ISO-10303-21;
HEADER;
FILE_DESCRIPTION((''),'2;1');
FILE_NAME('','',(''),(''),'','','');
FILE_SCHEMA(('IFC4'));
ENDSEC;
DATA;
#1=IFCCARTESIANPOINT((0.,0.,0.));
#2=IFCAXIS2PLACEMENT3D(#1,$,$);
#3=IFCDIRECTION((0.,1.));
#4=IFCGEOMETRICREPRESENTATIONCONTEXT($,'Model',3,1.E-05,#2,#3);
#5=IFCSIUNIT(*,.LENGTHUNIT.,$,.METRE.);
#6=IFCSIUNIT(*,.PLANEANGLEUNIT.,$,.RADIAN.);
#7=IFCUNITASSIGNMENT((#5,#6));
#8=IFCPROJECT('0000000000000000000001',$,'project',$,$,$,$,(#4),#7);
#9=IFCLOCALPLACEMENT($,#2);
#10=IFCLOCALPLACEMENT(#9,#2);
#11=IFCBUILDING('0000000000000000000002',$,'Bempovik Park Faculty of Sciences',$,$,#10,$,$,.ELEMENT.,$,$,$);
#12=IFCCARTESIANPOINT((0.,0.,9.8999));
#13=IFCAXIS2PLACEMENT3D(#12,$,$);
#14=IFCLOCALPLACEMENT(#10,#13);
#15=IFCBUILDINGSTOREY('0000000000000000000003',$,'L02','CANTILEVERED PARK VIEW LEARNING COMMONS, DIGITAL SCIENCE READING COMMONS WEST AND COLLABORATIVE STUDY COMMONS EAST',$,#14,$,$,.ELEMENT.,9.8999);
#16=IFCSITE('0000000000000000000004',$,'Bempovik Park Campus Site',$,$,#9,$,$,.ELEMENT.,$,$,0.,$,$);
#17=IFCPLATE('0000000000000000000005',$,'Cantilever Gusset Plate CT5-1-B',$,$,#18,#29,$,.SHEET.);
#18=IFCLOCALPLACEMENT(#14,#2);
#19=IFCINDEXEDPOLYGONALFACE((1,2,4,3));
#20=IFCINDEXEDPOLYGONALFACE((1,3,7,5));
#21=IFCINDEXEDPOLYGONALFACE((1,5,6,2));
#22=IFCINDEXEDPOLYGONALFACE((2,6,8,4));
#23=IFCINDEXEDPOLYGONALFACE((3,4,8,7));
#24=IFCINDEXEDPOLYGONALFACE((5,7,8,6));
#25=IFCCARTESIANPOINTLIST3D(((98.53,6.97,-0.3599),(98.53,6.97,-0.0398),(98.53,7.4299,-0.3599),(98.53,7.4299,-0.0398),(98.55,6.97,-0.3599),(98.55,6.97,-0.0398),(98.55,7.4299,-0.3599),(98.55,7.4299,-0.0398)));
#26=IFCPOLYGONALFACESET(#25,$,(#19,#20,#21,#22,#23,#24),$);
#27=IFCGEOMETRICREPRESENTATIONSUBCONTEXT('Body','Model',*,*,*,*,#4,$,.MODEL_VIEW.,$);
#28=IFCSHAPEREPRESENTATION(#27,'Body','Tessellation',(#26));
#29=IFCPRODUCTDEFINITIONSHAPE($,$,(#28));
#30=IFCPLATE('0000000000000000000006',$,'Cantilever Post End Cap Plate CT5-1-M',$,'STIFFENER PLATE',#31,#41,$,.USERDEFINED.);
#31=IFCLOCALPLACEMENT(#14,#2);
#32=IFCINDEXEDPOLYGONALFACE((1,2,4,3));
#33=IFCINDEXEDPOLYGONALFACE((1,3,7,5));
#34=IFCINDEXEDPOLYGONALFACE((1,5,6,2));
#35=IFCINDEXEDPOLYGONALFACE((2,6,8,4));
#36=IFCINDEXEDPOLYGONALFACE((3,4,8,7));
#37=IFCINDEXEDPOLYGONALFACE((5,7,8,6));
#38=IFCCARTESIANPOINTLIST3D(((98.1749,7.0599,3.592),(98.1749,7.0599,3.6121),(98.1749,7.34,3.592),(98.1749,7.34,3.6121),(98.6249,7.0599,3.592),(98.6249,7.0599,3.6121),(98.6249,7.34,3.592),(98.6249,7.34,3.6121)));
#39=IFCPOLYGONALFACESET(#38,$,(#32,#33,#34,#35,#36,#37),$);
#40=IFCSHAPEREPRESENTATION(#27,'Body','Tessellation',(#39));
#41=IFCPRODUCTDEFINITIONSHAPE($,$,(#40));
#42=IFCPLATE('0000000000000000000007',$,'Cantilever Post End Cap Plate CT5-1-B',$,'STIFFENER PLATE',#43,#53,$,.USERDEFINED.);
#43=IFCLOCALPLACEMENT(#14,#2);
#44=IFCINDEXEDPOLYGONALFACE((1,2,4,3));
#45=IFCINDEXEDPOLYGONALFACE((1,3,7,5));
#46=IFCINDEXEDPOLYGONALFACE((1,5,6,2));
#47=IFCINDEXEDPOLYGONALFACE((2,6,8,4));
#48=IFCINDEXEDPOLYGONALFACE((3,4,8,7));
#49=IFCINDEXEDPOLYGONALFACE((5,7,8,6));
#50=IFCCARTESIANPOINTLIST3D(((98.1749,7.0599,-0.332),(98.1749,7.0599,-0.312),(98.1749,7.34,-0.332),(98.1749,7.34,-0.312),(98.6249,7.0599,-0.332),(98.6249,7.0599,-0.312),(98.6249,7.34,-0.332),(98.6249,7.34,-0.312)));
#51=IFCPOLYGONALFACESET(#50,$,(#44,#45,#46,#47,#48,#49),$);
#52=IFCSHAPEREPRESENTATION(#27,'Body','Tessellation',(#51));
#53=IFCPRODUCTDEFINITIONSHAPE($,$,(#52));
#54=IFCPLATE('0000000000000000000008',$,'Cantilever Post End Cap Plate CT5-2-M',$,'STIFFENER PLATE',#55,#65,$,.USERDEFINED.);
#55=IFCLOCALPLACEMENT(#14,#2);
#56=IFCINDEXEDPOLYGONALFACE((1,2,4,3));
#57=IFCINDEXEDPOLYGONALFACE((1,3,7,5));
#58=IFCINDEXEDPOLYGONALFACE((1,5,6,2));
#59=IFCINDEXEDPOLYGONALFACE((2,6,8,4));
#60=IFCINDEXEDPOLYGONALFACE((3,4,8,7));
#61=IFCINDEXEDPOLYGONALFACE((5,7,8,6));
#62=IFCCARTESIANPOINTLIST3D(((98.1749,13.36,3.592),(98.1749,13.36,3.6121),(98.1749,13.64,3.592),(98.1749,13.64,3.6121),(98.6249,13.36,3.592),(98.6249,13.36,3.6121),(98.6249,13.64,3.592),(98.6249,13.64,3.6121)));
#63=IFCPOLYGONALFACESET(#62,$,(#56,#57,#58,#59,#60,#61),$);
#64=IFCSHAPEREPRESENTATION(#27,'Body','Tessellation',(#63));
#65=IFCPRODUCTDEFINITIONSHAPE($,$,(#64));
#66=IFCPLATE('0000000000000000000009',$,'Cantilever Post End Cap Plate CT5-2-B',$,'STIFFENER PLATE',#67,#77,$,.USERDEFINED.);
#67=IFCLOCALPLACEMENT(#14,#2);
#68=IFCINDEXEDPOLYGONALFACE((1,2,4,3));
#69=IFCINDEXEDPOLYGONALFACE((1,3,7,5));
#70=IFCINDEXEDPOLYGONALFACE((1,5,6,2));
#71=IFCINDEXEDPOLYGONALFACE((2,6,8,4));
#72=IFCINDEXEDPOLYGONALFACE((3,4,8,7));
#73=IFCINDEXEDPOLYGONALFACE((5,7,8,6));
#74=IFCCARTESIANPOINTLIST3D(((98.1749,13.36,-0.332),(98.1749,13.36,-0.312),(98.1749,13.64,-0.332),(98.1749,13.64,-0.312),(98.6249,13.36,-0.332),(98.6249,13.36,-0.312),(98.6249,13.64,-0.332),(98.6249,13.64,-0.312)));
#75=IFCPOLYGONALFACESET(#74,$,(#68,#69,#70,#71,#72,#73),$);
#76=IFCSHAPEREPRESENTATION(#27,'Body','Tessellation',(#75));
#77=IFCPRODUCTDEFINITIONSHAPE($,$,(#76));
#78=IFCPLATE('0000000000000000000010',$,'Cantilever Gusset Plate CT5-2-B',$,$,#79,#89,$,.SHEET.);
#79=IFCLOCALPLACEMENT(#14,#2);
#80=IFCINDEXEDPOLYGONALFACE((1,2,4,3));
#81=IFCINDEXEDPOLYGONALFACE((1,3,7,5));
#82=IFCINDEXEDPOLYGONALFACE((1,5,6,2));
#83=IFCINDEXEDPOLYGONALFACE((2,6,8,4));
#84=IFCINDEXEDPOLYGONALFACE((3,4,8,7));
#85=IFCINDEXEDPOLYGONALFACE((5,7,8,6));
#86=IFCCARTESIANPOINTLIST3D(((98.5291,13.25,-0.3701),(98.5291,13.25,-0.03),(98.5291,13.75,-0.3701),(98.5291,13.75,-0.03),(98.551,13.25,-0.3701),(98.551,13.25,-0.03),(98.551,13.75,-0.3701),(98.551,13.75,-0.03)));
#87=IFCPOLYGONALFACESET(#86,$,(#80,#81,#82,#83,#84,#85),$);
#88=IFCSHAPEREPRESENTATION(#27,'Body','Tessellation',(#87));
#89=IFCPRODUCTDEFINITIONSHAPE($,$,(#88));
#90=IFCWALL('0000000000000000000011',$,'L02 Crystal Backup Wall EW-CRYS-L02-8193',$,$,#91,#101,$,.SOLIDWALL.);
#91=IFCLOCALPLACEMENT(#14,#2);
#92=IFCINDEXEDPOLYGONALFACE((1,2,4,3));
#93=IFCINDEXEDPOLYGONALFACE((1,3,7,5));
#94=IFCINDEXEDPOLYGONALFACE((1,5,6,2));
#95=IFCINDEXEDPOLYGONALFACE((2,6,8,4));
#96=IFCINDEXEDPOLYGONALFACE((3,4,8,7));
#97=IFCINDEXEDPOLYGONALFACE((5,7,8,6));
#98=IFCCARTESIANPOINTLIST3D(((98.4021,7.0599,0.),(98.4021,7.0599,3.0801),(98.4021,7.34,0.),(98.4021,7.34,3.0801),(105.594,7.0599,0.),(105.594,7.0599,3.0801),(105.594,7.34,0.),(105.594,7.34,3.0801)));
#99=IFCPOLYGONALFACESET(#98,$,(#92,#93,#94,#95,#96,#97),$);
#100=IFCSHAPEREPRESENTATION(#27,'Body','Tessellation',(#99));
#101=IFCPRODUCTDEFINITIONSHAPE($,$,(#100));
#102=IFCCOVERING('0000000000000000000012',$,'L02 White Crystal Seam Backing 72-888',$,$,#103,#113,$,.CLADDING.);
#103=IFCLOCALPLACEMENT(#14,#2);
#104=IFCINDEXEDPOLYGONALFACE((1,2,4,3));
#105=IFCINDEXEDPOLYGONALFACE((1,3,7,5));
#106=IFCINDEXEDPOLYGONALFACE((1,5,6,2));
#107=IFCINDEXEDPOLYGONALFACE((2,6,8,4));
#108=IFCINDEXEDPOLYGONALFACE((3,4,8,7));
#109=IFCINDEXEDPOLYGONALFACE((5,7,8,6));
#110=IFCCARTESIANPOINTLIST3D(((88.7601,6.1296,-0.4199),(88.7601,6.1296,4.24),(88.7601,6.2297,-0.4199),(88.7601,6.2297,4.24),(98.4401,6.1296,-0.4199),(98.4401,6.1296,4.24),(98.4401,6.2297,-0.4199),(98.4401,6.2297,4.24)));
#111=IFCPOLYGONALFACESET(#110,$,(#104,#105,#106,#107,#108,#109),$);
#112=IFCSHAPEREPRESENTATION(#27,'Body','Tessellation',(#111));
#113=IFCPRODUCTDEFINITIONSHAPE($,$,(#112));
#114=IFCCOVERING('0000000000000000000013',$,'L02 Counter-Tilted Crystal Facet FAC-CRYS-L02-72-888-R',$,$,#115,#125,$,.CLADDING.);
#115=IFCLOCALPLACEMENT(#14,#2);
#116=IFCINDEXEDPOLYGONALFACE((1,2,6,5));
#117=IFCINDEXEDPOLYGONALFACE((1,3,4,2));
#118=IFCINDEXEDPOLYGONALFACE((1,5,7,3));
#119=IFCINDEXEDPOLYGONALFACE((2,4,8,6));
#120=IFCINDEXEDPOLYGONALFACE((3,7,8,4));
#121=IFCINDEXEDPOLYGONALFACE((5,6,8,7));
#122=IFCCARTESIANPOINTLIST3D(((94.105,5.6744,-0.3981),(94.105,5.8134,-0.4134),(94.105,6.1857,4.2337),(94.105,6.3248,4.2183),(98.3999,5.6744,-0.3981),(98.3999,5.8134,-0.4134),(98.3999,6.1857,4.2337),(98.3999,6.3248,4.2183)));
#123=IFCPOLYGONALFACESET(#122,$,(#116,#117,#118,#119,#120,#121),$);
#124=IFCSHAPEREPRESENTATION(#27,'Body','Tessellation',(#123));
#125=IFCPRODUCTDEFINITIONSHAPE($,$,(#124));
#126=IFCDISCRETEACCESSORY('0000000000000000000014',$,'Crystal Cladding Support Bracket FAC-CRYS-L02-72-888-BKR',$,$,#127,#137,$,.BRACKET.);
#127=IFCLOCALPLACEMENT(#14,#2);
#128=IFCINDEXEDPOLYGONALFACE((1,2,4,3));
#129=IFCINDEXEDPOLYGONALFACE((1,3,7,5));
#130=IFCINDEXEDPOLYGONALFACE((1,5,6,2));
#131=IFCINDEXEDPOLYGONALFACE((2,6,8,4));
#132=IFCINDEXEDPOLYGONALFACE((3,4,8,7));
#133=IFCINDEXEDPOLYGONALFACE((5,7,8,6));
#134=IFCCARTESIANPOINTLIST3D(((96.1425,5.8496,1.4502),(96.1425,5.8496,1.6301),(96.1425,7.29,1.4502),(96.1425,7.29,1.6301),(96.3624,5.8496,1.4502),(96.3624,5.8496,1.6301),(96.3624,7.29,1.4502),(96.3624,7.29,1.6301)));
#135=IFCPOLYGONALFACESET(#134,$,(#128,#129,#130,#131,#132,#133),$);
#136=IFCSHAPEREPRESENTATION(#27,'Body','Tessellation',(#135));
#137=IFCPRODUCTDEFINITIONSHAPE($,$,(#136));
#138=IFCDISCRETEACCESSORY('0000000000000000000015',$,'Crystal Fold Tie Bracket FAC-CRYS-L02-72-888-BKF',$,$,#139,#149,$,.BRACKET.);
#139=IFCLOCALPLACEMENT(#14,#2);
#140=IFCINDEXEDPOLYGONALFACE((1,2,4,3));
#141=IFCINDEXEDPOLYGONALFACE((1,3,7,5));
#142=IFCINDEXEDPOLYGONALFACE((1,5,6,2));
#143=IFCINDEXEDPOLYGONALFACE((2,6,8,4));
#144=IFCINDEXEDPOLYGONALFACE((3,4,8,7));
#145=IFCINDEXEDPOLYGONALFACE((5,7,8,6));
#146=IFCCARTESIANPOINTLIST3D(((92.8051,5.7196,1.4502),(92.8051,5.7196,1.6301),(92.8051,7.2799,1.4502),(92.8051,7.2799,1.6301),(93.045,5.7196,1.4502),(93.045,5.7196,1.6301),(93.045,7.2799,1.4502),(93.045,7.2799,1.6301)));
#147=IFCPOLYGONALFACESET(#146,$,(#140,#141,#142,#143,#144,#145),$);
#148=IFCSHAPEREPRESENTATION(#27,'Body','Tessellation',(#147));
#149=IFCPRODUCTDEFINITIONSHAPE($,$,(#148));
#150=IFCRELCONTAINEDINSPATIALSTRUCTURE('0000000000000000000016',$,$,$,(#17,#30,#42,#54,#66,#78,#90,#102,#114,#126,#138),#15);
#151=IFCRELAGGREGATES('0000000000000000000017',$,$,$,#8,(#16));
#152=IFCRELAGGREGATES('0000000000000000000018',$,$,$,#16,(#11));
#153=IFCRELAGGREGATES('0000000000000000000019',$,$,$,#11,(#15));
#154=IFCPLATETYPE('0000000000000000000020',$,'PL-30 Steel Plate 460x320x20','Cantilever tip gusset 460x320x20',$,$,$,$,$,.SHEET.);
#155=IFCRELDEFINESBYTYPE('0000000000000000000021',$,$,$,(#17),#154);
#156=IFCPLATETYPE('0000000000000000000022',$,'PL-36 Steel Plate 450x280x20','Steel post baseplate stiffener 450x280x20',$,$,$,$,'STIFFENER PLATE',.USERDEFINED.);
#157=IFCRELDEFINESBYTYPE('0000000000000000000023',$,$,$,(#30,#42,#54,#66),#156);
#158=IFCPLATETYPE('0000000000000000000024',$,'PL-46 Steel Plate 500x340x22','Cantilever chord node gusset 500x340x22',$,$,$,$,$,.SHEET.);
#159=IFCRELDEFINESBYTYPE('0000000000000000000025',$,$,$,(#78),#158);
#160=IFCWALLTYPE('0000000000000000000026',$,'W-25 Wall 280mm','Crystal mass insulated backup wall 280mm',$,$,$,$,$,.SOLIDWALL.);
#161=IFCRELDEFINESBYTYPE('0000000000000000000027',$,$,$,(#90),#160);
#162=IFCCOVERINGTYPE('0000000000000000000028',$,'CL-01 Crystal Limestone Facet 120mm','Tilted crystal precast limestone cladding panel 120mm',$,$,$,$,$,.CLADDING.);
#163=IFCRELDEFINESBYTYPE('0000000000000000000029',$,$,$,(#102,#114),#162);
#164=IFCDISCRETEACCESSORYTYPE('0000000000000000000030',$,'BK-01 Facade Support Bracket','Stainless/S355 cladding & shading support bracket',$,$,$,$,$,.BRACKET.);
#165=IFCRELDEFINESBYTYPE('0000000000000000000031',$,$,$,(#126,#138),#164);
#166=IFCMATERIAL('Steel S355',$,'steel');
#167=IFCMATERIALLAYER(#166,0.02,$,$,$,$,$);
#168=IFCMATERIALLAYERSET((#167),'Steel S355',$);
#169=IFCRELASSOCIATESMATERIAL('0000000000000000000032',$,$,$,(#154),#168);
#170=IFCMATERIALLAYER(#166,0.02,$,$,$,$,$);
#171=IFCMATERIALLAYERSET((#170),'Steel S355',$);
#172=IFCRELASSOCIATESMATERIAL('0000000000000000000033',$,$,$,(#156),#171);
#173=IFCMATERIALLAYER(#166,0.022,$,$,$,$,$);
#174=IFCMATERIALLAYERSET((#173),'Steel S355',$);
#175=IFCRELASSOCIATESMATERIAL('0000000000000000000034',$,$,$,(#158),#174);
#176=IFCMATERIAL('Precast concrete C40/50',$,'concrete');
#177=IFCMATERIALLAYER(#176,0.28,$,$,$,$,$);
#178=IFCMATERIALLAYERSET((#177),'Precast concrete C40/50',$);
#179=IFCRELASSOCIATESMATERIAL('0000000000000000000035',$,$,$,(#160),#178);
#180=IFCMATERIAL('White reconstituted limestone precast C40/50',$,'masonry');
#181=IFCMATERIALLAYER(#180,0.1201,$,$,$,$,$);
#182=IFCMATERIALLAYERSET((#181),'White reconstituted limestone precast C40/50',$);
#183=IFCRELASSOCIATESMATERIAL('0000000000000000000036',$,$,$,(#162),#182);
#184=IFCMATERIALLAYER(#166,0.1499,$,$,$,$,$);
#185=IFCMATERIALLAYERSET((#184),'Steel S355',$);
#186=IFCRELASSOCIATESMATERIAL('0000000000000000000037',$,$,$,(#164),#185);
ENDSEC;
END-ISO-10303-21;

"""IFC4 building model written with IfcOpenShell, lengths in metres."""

from ifc_helpers import new_model, si_unit, direction, frame, frame_2d, origin, origin_2d, place, context, subcontext, project, spatial, rectangle, extrude, material, layer, layer_set, type_object, element, save


model = new_model("IFC4")

# Units and contexts
model_context = context("Model", 3, precision=1e-05, world=origin(), true_north=direction((0.0, 1.0)))
body_context = subcontext(model_context, "Body", "Model", "MODEL_VIEW")
ifc_project = project(units=[si_unit("LENGTHUNIT", "METRE"), si_unit("PLANEANGLEUNIT", "RADIAN")], contexts=[model_context])

# Site, building, storey
site_placement = place(None, origin())
site = spatial("IfcSite", under=ifc_project, at=site_placement, Name="Bempovik Park Campus Site", CompositionType="ELEMENT", RefElevation=0.0)
building_placement = place(site_placement, origin())
building = spatial("IfcBuilding", under=site, at=building_placement, Name="Bempovik Park Faculty of Sciences", CompositionType="ELEMENT")
storey_placement = place(building_placement, frame((0.0, 0.0, 9.8999)))
storey = spatial("IfcBuildingStorey", under=building, at=storey_placement, Name="L02", Description="CANTILEVERED PARK VIEW LEARNING COMMONS, DIGITAL SCIENCE READING COMMONS WEST AND COLLABORATIVE STUDY COMMONS EAST", CompositionType="ELEMENT", Elevation=9.8999)

# Shared definitions
ifc_material_1 = material(Name="Steel S355", Category="steel")

# Plates
ifc_layer_1 = layer(ifc_material_1, 0.02)
ifc_layer_set_1 = layer_set([ifc_layer_1], Name="Steel S355")
plate_type_1 = type_object("IfcPlateType", Name="PL-30 Steel Plate 460x320x20", Description="Cantilever tip gusset 460x320x20", PredefinedType="SHEET", material=ifc_layer_set_1)
plate_1_placement = place(storey_placement, frame((98.54, 7.2, -0.3599), z_axis=(0.0, 0.0, 1.0), x_axis=(1.0, 0.0, 0.0)))
element("IfcPlate", 1, at=plate_1_placement, inside=storey, type_object=plate_type_1, Name="Cantilever Gusset Plate CT5-1-B", PredefinedType="SHEET", context=body_context, shape_type="SweptSolid", body=[
    extrude(rectangle(XDim=0.02, YDim=0.46, at=origin_2d()), origin(), (0.0, 0.0, 1.0), 0.3201),
])
ifc_layer_2 = layer(ifc_material_1, 0.02)
ifc_layer_set_2 = layer_set([ifc_layer_2], Name="Steel S355")
plate_type_2 = type_object("IfcPlateType", Name="PL-36 Steel Plate 450x280x20", Description="Steel post baseplate stiffener 450x280x20", ElementType="STIFFENER PLATE", PredefinedType="USERDEFINED", material=ifc_layer_set_2)
for number, where, z_axis, x_axis, name in (
    (2, (98.3999, 7.2, 3.592), (0.0, 0.0, 1.0), (1.0, 0.0, 0.0), "Cantilever Post End Cap Plate CT5-1-M"),
    (3, (98.3999, 7.2, -0.332), (0.0, 0.0, 1.0), (1.0, 0.0, 0.0), "Cantilever Post End Cap Plate CT5-1-B"),
    (4, (98.3999, 13.5, 3.592), (0.0, 0.0, 1.0), (1.0, 0.0, 0.0), "Cantilever Post End Cap Plate CT5-2-M"),
    (5, (98.3999, 13.5, -0.332), (0.0, 0.0, 1.0), (1.0, 0.0, 0.0), "Cantilever Post End Cap Plate CT5-2-B"),
):
    element("IfcPlate", number, at=place(storey_placement, frame(where, z_axis=z_axis, x_axis=x_axis)), inside=storey, type_object=plate_type_2, Name=name, ObjectType="STIFFENER PLATE", PredefinedType="USERDEFINED", context=body_context, shape_type="SweptSolid", body=[
        extrude(rectangle(XDim=0.45, YDim=0.28, at=origin_2d()), origin(), (0.0, 0.0, 1.0), 0.02),
    ])
ifc_layer_3 = layer(ifc_material_1, 0.022)
ifc_layer_set_3 = layer_set([ifc_layer_3], Name="Steel S355")
plate_type_3 = type_object("IfcPlateType", Name="PL-46 Steel Plate 500x340x22", Description="Cantilever chord node gusset 500x340x22", PredefinedType="SHEET", material=ifc_layer_set_3)
plate_2_placement = place(storey_placement, frame((98.54, 13.5, -0.3701), z_axis=(0.0, 0.0, 1.0), x_axis=(1.0, 0.0, 0.0)))
element("IfcPlate", 6, at=plate_2_placement, inside=storey, type_object=plate_type_3, Name="Cantilever Gusset Plate CT5-2-B", PredefinedType="SHEET", context=body_context, shape_type="SweptSolid", body=[
    extrude(rectangle(XDim=0.022, YDim=0.5, at=origin_2d()), origin(), (0.0, 0.0, 1.0), 0.3401),
])

# Wall
ifc_material_2 = material(Name="Precast concrete C40/50", Category="concrete")
ifc_layer_4 = layer(ifc_material_2, 0.28)
ifc_layer_set_4 = layer_set([ifc_layer_4], Name="Precast concrete C40/50")
wall_type = type_object("IfcWallType", Name="W-25 Wall 280mm", Description="Crystal mass insulated backup wall 280mm", PredefinedType="SOLIDWALL", material=ifc_layer_set_4)
wall_placement = place(storey_placement, frame((98.4021, 7.2, 0.0), z_axis=(0.0, 0.0, 1.0), x_axis=(1.0, 0.0, 0.0)))
element("IfcWall", 7, at=wall_placement, inside=storey, type_object=wall_type, Name="L02 Crystal Backup Wall EW-CRYS-L02-8193", PredefinedType="SOLIDWALL", context=body_context, shape_type="SweptSolid", body=[
    extrude(rectangle(XDim=7.1919, YDim=0.28, at=frame_2d((3.5959, 0.0))), origin(), (0.0, 0.0, 1.0), 3.0801),
])

# Coverings
ifc_material_3 = material(Name="White reconstituted limestone precast C40/50", Category="masonry")
ifc_layer_5 = layer(ifc_material_3, 0.1201)
ifc_layer_set_5 = layer_set([ifc_layer_5], Name="White reconstituted limestone precast C40/50")
covering_type = type_object("IfcCoveringType", Name="CL-01 Crystal Limestone Facet 120mm", Description="Tilted crystal precast limestone cladding panel 120mm", PredefinedType="CLADDING", material=ifc_layer_set_5)
covering_1_placement = place(storey_placement, frame((93.6001, 6.1797, -0.4199), z_axis=(0.0, 0.0, 1.0), x_axis=(1.0, 0.0, 0.0)))
element("IfcCovering", 8, at=covering_1_placement, inside=storey, type_object=covering_type, Name="L02 White Crystal Seam Backing 72-888", PredefinedType="CLADDING", context=body_context, shape_type="SweptSolid", body=[
    extrude(rectangle(XDim=9.6799, YDim=0.1001, at=origin_2d()), origin(), (0.0, 0.0, 1.0), 4.6599),
])
covering_2_placement = place(storey_placement, frame((96.2524, 5.7439, -0.4058), z_axis=(0.0, 0.109734, 0.993961), x_axis=(1.0, 0.0, 0.0)))
element("IfcCovering", 9, at=covering_2_placement, inside=storey, type_object=covering_type, Name="L02 Counter-Tilted Crystal Facet FAC-CRYS-L02-72-888-R", PredefinedType="CLADDING", context=body_context, shape_type="SweptSolid", body=[
    extrude(rectangle(XDim=4.2949, YDim=0.1399, at=origin_2d()), origin(), (0.0, 0.0, 1.0), 4.6599),
])

# Discrete accessories
ifc_layer_6 = layer(ifc_material_1, 0.1499)
ifc_layer_set_6 = layer_set([ifc_layer_6], Name="Steel S355")
discrete_accessory_type = type_object("IfcDiscreteAccessoryType", Name="BK-01 Facade Support Bracket", Description="Stainless/S355 cladding & shading support bracket", PredefinedType="BRACKET", material=ifc_layer_set_6)
discrete_accessory_1_placement = place(storey_placement, frame((96.2524, 6.5698, 1.4502), z_axis=(0.0, 0.0, 1.0), x_axis=(1.0, 0.0, 0.0)))
element("IfcDiscreteAccessory", 10, at=discrete_accessory_1_placement, inside=storey, type_object=discrete_accessory_type, Name="Crystal Cladding Support Bracket FAC-CRYS-L02-72-888-BKR", PredefinedType="BRACKET", context=body_context, shape_type="SweptSolid", body=[
    extrude(rectangle(XDim=0.22, YDim=1.4404, at=origin_2d()), origin(), (0.0, 0.0, 1.0), 0.1799),
])
discrete_accessory_2_placement = place(storey_placement, frame((92.925, 6.4998, 1.4502), z_axis=(0.0, 0.0, 1.0), x_axis=(1.0, 0.0, 0.0)))
element("IfcDiscreteAccessory", 11, at=discrete_accessory_2_placement, inside=storey, type_object=discrete_accessory_type, Name="Crystal Fold Tie Bracket FAC-CRYS-L02-72-888-BKF", PredefinedType="BRACKET", context=body_context, shape_type="SweptSolid", body=[
    extrude(rectangle(XDim=0.24, YDim=1.5603, at=origin_2d()), origin(), (0.0, 0.0, 1.0), 0.1799),
])

save(model, "model.ifc")
